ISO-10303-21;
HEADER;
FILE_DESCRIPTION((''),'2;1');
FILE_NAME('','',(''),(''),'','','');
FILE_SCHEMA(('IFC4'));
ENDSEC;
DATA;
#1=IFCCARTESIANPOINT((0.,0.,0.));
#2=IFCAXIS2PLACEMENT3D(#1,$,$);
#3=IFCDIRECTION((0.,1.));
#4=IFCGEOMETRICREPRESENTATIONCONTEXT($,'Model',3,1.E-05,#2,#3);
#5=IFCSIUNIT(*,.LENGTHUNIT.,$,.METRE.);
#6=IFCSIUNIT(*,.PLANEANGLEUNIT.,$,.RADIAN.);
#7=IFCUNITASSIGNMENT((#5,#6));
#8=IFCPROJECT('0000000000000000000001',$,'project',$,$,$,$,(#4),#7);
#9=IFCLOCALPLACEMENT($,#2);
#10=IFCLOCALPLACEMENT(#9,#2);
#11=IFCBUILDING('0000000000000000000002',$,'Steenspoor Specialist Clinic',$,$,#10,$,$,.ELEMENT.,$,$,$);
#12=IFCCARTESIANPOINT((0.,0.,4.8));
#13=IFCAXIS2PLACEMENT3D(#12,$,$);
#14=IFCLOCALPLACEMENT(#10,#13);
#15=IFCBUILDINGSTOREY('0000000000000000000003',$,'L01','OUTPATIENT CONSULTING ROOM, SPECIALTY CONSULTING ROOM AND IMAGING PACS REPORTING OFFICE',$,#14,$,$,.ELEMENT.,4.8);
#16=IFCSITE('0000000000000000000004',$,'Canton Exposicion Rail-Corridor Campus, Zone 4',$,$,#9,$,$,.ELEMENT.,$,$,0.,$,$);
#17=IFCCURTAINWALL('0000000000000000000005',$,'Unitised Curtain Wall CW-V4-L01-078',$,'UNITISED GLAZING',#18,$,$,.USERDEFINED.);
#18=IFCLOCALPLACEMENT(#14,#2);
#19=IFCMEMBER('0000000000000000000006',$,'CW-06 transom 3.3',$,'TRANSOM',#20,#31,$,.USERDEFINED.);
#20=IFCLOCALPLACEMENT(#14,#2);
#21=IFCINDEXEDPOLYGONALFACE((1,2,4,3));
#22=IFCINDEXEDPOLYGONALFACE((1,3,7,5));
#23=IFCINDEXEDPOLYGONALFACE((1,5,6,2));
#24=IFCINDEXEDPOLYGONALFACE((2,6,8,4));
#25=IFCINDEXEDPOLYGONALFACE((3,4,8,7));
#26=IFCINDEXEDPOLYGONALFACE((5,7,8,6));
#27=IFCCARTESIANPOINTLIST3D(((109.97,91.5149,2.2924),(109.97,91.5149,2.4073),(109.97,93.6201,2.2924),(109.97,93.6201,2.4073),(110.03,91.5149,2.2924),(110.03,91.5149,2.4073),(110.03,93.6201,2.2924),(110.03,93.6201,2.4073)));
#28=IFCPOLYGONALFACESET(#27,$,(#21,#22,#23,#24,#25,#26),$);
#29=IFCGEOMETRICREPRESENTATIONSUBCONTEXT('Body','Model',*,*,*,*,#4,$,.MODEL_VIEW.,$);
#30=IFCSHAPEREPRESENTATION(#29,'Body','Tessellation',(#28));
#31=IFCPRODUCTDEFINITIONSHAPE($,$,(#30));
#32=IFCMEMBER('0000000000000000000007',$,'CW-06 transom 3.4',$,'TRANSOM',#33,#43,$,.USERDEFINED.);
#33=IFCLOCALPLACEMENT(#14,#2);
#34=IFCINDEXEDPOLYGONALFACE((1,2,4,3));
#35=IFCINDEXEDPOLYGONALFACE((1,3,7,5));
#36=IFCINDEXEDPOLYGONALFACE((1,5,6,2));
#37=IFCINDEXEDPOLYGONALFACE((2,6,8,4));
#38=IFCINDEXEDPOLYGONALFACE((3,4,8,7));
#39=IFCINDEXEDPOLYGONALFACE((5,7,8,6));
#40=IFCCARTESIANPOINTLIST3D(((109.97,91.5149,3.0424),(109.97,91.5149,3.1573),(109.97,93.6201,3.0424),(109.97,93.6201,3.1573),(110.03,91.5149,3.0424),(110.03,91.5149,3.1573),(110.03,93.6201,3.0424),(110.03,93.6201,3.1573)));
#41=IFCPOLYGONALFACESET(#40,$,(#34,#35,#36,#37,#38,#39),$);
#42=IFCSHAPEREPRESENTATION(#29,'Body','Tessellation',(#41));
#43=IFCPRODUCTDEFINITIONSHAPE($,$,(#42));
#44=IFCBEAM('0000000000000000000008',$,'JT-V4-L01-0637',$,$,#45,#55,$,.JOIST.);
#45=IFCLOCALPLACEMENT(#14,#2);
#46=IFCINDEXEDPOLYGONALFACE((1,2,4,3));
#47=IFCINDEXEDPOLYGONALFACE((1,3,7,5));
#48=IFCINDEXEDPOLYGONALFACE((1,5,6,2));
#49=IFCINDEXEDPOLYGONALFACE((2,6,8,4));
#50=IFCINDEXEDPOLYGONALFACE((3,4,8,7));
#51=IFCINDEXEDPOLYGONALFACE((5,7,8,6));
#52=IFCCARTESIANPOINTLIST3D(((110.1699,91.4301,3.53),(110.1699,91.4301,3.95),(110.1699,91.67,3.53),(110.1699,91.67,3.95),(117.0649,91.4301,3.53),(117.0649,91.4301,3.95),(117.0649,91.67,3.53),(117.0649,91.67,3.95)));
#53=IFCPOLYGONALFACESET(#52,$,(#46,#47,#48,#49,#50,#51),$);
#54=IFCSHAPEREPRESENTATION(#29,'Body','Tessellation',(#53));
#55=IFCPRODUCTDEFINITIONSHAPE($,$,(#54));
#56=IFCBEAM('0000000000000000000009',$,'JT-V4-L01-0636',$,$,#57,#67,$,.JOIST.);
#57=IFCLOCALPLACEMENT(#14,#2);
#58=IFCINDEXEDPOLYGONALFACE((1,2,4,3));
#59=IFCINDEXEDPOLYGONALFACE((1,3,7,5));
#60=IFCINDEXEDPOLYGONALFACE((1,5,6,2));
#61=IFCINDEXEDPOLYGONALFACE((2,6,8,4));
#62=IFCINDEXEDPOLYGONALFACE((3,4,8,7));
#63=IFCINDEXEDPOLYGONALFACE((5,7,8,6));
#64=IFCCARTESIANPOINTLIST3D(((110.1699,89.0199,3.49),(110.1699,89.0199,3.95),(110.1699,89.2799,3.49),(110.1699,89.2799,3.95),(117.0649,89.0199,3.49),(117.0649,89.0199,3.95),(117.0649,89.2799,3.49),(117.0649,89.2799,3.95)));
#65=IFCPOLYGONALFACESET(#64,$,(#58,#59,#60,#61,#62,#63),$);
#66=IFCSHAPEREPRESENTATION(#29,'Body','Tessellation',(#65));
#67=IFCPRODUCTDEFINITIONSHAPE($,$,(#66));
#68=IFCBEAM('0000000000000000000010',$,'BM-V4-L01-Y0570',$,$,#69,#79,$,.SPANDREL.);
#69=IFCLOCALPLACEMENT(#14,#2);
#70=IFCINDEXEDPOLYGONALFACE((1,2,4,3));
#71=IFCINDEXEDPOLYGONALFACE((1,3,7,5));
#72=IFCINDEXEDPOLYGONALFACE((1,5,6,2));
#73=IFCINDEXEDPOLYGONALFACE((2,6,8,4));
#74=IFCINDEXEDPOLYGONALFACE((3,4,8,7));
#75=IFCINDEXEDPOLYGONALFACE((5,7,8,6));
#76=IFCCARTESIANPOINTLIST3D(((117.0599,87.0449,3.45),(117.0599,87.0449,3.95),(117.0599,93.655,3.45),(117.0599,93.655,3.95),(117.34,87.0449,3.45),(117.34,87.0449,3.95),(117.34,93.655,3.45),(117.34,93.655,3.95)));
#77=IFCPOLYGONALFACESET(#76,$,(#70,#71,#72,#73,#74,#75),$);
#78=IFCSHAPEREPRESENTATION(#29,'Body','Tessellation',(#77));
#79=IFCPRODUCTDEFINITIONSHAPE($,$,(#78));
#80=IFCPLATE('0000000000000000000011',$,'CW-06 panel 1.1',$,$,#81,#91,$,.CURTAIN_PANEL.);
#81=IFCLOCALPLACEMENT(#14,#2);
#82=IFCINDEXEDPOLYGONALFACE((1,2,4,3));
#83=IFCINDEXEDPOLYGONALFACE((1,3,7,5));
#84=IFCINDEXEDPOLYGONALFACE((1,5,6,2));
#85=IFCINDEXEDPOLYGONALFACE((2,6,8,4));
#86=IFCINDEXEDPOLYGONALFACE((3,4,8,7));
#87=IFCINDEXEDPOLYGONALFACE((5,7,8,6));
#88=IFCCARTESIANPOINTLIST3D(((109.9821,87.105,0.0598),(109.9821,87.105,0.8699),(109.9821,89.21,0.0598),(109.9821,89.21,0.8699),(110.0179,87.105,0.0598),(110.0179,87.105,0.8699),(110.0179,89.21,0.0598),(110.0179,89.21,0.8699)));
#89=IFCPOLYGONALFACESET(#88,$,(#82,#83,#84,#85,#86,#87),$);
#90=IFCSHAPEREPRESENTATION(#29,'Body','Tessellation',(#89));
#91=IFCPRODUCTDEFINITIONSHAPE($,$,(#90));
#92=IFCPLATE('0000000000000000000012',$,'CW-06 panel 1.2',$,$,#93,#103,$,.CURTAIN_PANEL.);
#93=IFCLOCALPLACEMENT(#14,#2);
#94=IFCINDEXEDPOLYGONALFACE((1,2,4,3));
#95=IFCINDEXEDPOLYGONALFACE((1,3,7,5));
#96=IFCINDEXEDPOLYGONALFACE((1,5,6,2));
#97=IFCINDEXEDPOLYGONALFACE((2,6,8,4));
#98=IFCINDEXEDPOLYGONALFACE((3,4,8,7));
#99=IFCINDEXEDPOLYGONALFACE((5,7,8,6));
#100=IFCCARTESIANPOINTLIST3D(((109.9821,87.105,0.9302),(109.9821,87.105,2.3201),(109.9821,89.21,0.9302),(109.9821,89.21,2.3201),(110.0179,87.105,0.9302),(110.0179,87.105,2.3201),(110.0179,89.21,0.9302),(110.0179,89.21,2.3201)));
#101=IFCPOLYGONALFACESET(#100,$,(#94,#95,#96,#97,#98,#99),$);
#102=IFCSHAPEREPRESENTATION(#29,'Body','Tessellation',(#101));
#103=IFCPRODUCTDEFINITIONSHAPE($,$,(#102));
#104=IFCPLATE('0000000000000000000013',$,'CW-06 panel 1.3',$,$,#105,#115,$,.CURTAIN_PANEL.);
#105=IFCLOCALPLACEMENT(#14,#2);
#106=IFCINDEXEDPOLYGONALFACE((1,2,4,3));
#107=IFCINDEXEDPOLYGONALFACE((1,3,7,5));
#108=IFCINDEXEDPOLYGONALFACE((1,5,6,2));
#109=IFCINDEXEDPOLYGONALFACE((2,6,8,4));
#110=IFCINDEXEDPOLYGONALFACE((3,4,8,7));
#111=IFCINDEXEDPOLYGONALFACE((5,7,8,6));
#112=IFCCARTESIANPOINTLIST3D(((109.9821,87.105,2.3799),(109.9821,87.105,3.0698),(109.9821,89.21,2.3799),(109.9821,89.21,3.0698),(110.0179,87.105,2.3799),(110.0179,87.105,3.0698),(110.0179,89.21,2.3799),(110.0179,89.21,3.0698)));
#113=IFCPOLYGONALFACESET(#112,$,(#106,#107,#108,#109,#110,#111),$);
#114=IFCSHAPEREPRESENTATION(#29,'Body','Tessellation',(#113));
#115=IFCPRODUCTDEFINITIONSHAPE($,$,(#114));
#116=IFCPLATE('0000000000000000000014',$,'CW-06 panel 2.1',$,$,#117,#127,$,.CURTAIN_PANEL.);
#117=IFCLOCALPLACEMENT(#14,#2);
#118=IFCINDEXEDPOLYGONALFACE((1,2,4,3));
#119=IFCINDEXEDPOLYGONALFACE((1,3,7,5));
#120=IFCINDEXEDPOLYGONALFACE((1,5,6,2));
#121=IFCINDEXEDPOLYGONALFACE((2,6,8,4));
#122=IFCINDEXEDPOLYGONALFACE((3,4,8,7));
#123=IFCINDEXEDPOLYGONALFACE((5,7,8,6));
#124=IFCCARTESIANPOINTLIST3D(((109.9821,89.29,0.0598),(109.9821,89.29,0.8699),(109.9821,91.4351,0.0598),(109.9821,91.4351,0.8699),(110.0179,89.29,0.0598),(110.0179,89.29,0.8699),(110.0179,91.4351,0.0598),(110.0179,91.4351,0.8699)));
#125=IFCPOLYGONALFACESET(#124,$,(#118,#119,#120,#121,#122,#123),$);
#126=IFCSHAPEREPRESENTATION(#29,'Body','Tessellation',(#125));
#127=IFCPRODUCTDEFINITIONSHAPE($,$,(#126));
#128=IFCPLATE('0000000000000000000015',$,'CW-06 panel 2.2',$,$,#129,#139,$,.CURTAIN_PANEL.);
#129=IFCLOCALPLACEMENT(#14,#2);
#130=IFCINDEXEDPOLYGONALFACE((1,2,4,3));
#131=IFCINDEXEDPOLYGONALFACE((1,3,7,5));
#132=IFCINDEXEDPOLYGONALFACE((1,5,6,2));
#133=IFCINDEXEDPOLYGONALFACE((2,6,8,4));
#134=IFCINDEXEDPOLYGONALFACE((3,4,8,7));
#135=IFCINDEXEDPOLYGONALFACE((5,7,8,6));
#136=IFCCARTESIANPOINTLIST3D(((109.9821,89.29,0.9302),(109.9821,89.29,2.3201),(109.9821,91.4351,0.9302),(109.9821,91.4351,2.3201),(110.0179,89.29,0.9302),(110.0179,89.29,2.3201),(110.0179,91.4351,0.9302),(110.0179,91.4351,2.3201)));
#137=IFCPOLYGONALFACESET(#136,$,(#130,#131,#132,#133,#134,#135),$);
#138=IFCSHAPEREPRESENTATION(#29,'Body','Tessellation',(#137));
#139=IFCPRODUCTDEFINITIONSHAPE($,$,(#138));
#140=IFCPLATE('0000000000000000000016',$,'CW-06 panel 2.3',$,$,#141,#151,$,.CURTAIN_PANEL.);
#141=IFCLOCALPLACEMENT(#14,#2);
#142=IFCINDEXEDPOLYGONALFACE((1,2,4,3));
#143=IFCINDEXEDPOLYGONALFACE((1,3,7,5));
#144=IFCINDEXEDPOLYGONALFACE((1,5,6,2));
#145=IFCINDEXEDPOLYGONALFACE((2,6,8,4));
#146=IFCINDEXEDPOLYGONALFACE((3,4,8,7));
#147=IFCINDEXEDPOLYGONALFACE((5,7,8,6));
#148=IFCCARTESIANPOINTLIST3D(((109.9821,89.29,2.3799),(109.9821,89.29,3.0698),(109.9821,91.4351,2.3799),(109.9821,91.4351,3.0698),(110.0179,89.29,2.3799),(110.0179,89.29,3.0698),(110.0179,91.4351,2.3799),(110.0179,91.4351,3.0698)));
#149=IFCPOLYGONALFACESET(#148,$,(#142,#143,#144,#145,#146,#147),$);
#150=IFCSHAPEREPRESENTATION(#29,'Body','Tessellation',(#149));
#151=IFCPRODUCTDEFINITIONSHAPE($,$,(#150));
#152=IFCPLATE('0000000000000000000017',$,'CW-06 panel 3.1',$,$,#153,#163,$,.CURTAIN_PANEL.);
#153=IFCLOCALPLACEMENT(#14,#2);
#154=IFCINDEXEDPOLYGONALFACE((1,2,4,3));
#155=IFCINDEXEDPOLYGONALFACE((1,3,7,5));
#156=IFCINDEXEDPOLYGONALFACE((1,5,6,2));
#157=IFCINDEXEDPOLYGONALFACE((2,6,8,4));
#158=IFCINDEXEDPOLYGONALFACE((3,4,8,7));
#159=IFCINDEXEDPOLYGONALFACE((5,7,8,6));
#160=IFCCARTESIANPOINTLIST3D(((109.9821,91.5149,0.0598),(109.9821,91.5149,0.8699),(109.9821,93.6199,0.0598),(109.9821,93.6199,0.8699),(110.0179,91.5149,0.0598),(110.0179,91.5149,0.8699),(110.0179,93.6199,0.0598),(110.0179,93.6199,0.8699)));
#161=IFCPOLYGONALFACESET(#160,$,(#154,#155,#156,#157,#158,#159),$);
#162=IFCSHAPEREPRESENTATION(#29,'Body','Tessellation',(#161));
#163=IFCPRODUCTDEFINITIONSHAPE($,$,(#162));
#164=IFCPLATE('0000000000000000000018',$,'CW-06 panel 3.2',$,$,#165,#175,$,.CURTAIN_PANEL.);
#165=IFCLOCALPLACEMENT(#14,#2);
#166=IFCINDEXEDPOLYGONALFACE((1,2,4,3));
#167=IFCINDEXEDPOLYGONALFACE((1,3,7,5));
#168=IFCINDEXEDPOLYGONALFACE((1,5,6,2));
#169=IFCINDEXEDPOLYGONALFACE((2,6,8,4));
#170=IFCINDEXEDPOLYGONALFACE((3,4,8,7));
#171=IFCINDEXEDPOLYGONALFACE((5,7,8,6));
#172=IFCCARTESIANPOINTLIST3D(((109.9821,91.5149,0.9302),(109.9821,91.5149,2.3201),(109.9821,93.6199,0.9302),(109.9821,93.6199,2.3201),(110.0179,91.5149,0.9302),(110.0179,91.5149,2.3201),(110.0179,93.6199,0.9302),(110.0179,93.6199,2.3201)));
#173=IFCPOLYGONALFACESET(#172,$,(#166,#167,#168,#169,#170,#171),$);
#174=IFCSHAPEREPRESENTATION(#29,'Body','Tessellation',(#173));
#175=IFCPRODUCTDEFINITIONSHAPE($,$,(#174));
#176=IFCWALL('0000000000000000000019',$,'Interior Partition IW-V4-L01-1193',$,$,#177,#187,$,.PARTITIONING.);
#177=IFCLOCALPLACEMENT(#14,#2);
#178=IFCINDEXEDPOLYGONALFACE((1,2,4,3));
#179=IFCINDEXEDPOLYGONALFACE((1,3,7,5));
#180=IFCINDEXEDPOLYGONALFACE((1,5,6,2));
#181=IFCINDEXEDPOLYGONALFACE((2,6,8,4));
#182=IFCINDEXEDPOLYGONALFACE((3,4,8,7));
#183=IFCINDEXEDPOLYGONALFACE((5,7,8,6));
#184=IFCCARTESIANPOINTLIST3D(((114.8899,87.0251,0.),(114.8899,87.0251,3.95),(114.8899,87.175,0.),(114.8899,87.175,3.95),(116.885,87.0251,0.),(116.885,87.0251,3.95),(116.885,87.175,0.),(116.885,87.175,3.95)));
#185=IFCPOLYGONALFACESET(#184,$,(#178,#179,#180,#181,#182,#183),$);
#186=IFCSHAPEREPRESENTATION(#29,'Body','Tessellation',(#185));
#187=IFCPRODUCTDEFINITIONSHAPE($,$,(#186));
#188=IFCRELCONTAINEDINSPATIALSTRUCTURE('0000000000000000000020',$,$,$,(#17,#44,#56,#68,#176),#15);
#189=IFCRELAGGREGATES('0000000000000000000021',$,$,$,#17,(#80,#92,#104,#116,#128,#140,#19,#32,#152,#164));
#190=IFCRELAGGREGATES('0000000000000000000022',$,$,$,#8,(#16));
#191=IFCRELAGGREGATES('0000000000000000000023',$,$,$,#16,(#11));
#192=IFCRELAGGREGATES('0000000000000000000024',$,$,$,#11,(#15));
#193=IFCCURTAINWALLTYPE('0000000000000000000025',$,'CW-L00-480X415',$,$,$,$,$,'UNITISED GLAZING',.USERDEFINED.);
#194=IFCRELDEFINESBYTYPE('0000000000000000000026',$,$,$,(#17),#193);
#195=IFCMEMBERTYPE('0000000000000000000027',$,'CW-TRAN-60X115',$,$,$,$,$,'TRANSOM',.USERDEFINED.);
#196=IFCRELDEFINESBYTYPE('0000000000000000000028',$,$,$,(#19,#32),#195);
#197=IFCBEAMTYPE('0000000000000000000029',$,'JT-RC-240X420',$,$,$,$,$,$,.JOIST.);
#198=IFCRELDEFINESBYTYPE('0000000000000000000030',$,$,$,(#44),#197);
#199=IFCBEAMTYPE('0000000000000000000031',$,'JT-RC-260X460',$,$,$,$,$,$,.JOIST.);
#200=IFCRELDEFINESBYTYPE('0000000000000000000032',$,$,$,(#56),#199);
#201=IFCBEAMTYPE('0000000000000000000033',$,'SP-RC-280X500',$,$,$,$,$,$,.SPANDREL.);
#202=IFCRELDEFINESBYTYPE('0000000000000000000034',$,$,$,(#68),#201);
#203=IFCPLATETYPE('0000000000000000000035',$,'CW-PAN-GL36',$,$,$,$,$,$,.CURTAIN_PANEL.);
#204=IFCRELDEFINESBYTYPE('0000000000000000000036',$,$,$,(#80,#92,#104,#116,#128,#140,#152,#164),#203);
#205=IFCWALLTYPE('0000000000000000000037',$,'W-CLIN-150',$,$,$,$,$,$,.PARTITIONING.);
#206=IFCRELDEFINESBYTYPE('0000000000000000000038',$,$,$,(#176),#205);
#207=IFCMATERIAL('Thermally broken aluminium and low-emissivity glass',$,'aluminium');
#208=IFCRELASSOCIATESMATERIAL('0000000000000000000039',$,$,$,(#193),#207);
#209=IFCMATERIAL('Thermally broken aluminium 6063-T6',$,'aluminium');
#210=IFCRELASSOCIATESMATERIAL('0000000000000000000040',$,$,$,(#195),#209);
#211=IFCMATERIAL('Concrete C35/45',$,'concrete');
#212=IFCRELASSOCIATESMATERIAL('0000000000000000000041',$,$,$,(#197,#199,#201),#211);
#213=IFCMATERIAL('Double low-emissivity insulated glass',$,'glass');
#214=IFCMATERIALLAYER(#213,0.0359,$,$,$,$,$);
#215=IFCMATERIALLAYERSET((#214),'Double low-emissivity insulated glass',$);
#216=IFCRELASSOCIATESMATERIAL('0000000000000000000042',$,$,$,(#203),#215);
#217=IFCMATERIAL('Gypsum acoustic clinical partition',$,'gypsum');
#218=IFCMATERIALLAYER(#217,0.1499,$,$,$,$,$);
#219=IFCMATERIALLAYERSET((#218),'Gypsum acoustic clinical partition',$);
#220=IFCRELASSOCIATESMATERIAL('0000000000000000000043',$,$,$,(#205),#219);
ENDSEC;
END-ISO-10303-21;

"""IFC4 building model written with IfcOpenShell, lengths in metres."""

from ifc_helpers import new_model, si_unit, direction, frame, frame_2d, origin, origin_2d, place, context, subcontext, project, spatial, rectangle, extrude, material, layer, layer_set, material_profile, profile_set, type_object, element, aggregate, save


model = new_model("IFC4")

# Units and contexts
model_context = context("Model", 3, precision=1e-05, world=origin(), true_north=direction((0.0, 1.0)))
body_context = subcontext(model_context, "Body", "Model", "MODEL_VIEW")
ifc_project = project(units=[si_unit("LENGTHUNIT", "METRE"), si_unit("PLANEANGLEUNIT", "RADIAN")], contexts=[model_context])

# Site, building, storey
site_placement = place(None, origin())
site = spatial("IfcSite", under=ifc_project, at=site_placement, Name="Canton Exposicion Rail-Corridor Campus, Zone 4", CompositionType="ELEMENT", RefElevation=0.0)
building_placement = place(site_placement, origin())
building = spatial("IfcBuilding", under=site, at=building_placement, Name="Steenspoor Specialist Clinic", CompositionType="ELEMENT")
storey_placement = place(building_placement, frame((0.0, 0.0, 4.8)))
storey = spatial("IfcBuildingStorey", under=building, at=storey_placement, Name="L01", Description="OUTPATIENT CONSULTING ROOM, SPECIALTY CONSULTING ROOM AND IMAGING PACS REPORTING OFFICE", CompositionType="ELEMENT", Elevation=4.8)

# Shared definitions
ifc_material_1 = material(Name="Concrete C35/45", Category="concrete")

# Curtain wall, members
ifc_material_2 = material(Name="Thermally broken aluminium and low-emissivity glass", Category="aluminium")
curtain_wall_type = type_object("IfcCurtainWallType", Name="CW-L00-480X415", ElementType="UNITISED GLAZING", PredefinedType="USERDEFINED", material=ifc_material_2)
curtain_wall_placement = place(storey_placement, origin())
curtain_wall = element("IfcCurtainWall", 1, at=curtain_wall_placement, inside=storey, type_object=curtain_wall_type, Name="Unitised Curtain Wall CW-V4-L01-078", ObjectType="UNITISED GLAZING", PredefinedType="USERDEFINED")
ifc_material_3 = material(Name="Thermally broken aluminium 6063-T6", Category="aluminium")
ifc_material_profile_1 = material_profile(ifc_material_3, rectangle(XDim=0.0601, YDim=0.115, at=origin_2d()), Name="CWT-60X115")
ifc_profile_set_1 = profile_set([ifc_material_profile_1], Name="Thermally broken aluminium 6063-T6")
member_type_1 = type_object("IfcMemberType", Name="CW-TRAN-60X115", ElementType="TRANSOM", PredefinedType="USERDEFINED", material=ifc_profile_set_1)
member_1_placement = place(storey_placement, frame((110.0, 91.5149, 2.3499), z_axis=(0.0, 1.0, 0.0), x_axis=(-1.0, 0.0, 0.0)))
member_1 = element("IfcMember", 2, at=member_1_placement, type_object=member_type_1, Name="CW-06 transom 3.3", ObjectType="TRANSOM", PredefinedType="USERDEFINED", context=body_context, shape_type="SweptSolid", body=[
    extrude(rectangle(XDim=0.0601, YDim=0.115, at=origin_2d()), origin(), (0.0, 0.0, 1.0), 2.1052),
])
member_2_placement = place(storey_placement, frame((110.0, 91.5149, 3.0999), z_axis=(0.0, 1.0, 0.0), x_axis=(-1.0, 0.0, 0.0)))
member_2 = element("IfcMember", 3, at=member_2_placement, type_object=member_type_1, Name="CW-06 transom 3.4", ObjectType="TRANSOM", PredefinedType="USERDEFINED", context=body_context, shape_type="SweptSolid", body=[
    extrude(rectangle(XDim=0.0601, YDim=0.115, at=origin_2d()), origin(), (0.0, 0.0, 1.0), 2.1052),
])

# Beams
ifc_material_profile_2 = material_profile(ifc_material_1, rectangle(XDim=0.24, YDim=0.4199, at=origin_2d()), Name="RC-JT-240X420")
ifc_profile_set_2 = profile_set([ifc_material_profile_2], Name="Concrete C35/45")
beam_type_1 = type_object("IfcBeamType", Name="JT-RC-240X420", PredefinedType="JOIST", material=ifc_profile_set_2)
beam_1_placement = place(storey_placement, frame((110.1699, 91.55, 3.74), z_axis=(1.0, 0.0, 0.0), x_axis=(0.0, 1.0, 0.0)))
element("IfcBeam", 4, at=beam_1_placement, inside=storey, type_object=beam_type_1, Name="JT-V4-L01-0637", PredefinedType="JOIST", context=body_context, shape_type="SweptSolid", body=[
    extrude(rectangle(XDim=0.24, YDim=0.4199, at=origin_2d()), origin(), (0.0, 0.0, 1.0), 6.895),
])
ifc_material_profile_3 = material_profile(ifc_material_1, rectangle(XDim=0.26, YDim=0.46, at=origin_2d()), Name="RC-JT-260X460")
ifc_profile_set_3 = profile_set([ifc_material_profile_3], Name="Concrete C35/45")
beam_type_2 = type_object("IfcBeamType", Name="JT-RC-260X460", PredefinedType="JOIST", material=ifc_profile_set_3)
beam_2_placement = place(storey_placement, frame((110.1699, 89.1499, 3.72), z_axis=(1.0, 0.0, 0.0), x_axis=(0.0, 1.0, 0.0)))
element("IfcBeam", 5, at=beam_2_placement, inside=storey, type_object=beam_type_2, Name="JT-V4-L01-0636", PredefinedType="JOIST", context=body_context, shape_type="SweptSolid", body=[
    extrude(rectangle(XDim=0.26, YDim=0.46, at=origin_2d()), origin(), (0.0, 0.0, 1.0), 6.895),
])
ifc_material_profile_4 = material_profile(ifc_material_1, rectangle(XDim=0.28, YDim=0.5, at=origin_2d()), Name="RC-SP-280X500")
ifc_profile_set_4 = profile_set([ifc_material_profile_4], Name="Concrete C35/45")
beam_type_3 = type_object("IfcBeamType", Name="SP-RC-280X500", PredefinedType="SPANDREL", material=ifc_profile_set_4)
beam_3_placement = place(storey_placement, frame((117.2, 87.0449, 3.7), z_axis=(0.0, 1.0, 0.0), x_axis=(-1.0, 0.0, 0.0)))
element("IfcBeam", 6, at=beam_3_placement, inside=storey, type_object=beam_type_3, Name="BM-V4-L01-Y0570", PredefinedType="SPANDREL", context=body_context, shape_type="SweptSolid", body=[
    extrude(rectangle(XDim=0.28, YDim=0.5, at=origin_2d()), origin(), (0.0, 0.0, 1.0), 6.6101),
])

# Plates
ifc_material_4 = material(Name="Double low-emissivity insulated glass", Category="glass")
ifc_layer_1 = layer(ifc_material_4, 0.0359)
ifc_layer_set_1 = layer_set([ifc_layer_1], Name="Double low-emissivity insulated glass")
plate_type = type_object("IfcPlateType", Name="CW-PAN-GL36", PredefinedType="CURTAIN_PANEL", material=ifc_layer_set_1)
plate_1_placement = place(storey_placement, frame((110.0, 88.1575, 0.0598), z_axis=(0.0, 0.0, 1.0), x_axis=(0.0, 1.0, 0.0)))
plate_1 = element("IfcPlate", 7, at=plate_1_placement, type_object=plate_type, Name="CW-06 panel 1.1", PredefinedType="CURTAIN_PANEL", context=body_context, shape_type="SweptSolid", body=[
    extrude(rectangle(XDim=2.105, YDim=0.0359, at=origin_2d()), origin(), (0.0, 0.0, 1.0), 0.8101),
])
plate_2_placement = place(storey_placement, frame((110.0, 88.1575, 0.9302), z_axis=(0.0, 0.0, 1.0), x_axis=(0.0, 1.0, 0.0)))
plate_2 = element("IfcPlate", 8, at=plate_2_placement, type_object=plate_type, Name="CW-06 panel 1.2", PredefinedType="CURTAIN_PANEL", context=body_context, shape_type="SweptSolid", body=[
    extrude(rectangle(XDim=2.105, YDim=0.0359, at=origin_2d()), origin(), (0.0, 0.0, 1.0), 1.3899),
])
plate_3_placement = place(storey_placement, frame((110.0, 88.1575, 2.3799), z_axis=(0.0, 0.0, 1.0), x_axis=(0.0, 1.0, 0.0)))
plate_3 = element("IfcPlate", 9, at=plate_3_placement, type_object=plate_type, Name="CW-06 panel 1.3", PredefinedType="CURTAIN_PANEL", context=body_context, shape_type="SweptSolid", body=[
    extrude(rectangle(XDim=2.105, YDim=0.0359, at=origin_2d()), origin(), (0.0, 0.0, 1.0), 0.6899),
])
plate_4_placement = place(storey_placement, frame((110.0, 90.3625, 0.0598), z_axis=(0.0, 0.0, 1.0), x_axis=(0.0, 1.0, 0.0)))
plate_4 = element("IfcPlate", 10, at=plate_4_placement, type_object=plate_type, Name="CW-06 panel 2.1", PredefinedType="CURTAIN_PANEL", context=body_context, shape_type="SweptSolid", body=[
    extrude(rectangle(XDim=2.145, YDim=0.0359, at=origin_2d()), origin(), (0.0, 0.0, 1.0), 0.8101),
])
plate_5_placement = place(storey_placement, frame((110.0, 90.3625, 0.9302), z_axis=(0.0, 0.0, 1.0), x_axis=(0.0, 1.0, 0.0)))
plate_5 = element("IfcPlate", 11, at=plate_5_placement, type_object=plate_type, Name="CW-06 panel 2.2", PredefinedType="CURTAIN_PANEL", context=body_context, shape_type="SweptSolid", body=[
    extrude(rectangle(XDim=2.145, YDim=0.0359, at=origin_2d()), origin(), (0.0, 0.0, 1.0), 1.3899),
])
plate_6_placement = place(storey_placement, frame((110.0, 90.3625, 2.3799), z_axis=(0.0, 0.0, 1.0), x_axis=(0.0, 1.0, 0.0)))
plate_6 = element("IfcPlate", 12, at=plate_6_placement, type_object=plate_type, Name="CW-06 panel 2.3", PredefinedType="CURTAIN_PANEL", context=body_context, shape_type="SweptSolid", body=[
    extrude(rectangle(XDim=2.145, YDim=0.0359, at=origin_2d()), origin(), (0.0, 0.0, 1.0), 0.6899),
])
plate_7_placement = place(storey_placement, frame((110.0, 92.5674, 0.0598), z_axis=(0.0, 0.0, 1.0), x_axis=(0.0, 1.0, 0.0)))
plate_7 = element("IfcPlate", 13, at=plate_7_placement, type_object=plate_type, Name="CW-06 panel 3.1", PredefinedType="CURTAIN_PANEL", context=body_context, shape_type="SweptSolid", body=[
    extrude(rectangle(XDim=2.105, YDim=0.0359, at=origin_2d()), origin(), (0.0, 0.0, 1.0), 0.8101),
])
plate_8_placement = place(storey_placement, frame((110.0, 92.5674, 0.9302), z_axis=(0.0, 0.0, 1.0), x_axis=(0.0, 1.0, 0.0)))
plate_8 = element("IfcPlate", 14, at=plate_8_placement, type_object=plate_type, Name="CW-06 panel 3.2", PredefinedType="CURTAIN_PANEL", context=body_context, shape_type="SweptSolid", body=[
    extrude(rectangle(XDim=2.105, YDim=0.0359, at=origin_2d()), origin(), (0.0, 0.0, 1.0), 1.3899),
])
aggregate(curtain_wall, [plate_1, plate_2, plate_3, plate_4, plate_5, plate_6, member_1, member_2, plate_7, plate_8])

# Wall
ifc_material_5 = material(Name="Gypsum acoustic clinical partition", Category="gypsum")
ifc_layer_2 = layer(ifc_material_5, 0.1499)
ifc_layer_set_2 = layer_set([ifc_layer_2], Name="Gypsum acoustic clinical partition")
wall_type_1 = type_object("IfcWallType", Name="W-CLIN-150", PredefinedType="PARTITIONING", material=ifc_layer_set_2)
wall_1_placement = place(storey_placement, frame((114.8899, 87.1001, 0.0), z_axis=(0.0, 0.0, 1.0), x_axis=(1.0, 0.0, 0.0)))
element("IfcWall", 15, at=wall_1_placement, inside=storey, type_object=wall_type_1, Name="Interior Partition IW-V4-L01-1193", PredefinedType="PARTITIONING", context=body_context, shape_type="SweptSolid", body=[
    extrude(rectangle(XDim=1.9951, YDim=0.1499, at=frame_2d((0.9976, 0.0))), origin(), (0.0, 0.0, 1.0), 3.95),
])

save(model, "model.ifc")
